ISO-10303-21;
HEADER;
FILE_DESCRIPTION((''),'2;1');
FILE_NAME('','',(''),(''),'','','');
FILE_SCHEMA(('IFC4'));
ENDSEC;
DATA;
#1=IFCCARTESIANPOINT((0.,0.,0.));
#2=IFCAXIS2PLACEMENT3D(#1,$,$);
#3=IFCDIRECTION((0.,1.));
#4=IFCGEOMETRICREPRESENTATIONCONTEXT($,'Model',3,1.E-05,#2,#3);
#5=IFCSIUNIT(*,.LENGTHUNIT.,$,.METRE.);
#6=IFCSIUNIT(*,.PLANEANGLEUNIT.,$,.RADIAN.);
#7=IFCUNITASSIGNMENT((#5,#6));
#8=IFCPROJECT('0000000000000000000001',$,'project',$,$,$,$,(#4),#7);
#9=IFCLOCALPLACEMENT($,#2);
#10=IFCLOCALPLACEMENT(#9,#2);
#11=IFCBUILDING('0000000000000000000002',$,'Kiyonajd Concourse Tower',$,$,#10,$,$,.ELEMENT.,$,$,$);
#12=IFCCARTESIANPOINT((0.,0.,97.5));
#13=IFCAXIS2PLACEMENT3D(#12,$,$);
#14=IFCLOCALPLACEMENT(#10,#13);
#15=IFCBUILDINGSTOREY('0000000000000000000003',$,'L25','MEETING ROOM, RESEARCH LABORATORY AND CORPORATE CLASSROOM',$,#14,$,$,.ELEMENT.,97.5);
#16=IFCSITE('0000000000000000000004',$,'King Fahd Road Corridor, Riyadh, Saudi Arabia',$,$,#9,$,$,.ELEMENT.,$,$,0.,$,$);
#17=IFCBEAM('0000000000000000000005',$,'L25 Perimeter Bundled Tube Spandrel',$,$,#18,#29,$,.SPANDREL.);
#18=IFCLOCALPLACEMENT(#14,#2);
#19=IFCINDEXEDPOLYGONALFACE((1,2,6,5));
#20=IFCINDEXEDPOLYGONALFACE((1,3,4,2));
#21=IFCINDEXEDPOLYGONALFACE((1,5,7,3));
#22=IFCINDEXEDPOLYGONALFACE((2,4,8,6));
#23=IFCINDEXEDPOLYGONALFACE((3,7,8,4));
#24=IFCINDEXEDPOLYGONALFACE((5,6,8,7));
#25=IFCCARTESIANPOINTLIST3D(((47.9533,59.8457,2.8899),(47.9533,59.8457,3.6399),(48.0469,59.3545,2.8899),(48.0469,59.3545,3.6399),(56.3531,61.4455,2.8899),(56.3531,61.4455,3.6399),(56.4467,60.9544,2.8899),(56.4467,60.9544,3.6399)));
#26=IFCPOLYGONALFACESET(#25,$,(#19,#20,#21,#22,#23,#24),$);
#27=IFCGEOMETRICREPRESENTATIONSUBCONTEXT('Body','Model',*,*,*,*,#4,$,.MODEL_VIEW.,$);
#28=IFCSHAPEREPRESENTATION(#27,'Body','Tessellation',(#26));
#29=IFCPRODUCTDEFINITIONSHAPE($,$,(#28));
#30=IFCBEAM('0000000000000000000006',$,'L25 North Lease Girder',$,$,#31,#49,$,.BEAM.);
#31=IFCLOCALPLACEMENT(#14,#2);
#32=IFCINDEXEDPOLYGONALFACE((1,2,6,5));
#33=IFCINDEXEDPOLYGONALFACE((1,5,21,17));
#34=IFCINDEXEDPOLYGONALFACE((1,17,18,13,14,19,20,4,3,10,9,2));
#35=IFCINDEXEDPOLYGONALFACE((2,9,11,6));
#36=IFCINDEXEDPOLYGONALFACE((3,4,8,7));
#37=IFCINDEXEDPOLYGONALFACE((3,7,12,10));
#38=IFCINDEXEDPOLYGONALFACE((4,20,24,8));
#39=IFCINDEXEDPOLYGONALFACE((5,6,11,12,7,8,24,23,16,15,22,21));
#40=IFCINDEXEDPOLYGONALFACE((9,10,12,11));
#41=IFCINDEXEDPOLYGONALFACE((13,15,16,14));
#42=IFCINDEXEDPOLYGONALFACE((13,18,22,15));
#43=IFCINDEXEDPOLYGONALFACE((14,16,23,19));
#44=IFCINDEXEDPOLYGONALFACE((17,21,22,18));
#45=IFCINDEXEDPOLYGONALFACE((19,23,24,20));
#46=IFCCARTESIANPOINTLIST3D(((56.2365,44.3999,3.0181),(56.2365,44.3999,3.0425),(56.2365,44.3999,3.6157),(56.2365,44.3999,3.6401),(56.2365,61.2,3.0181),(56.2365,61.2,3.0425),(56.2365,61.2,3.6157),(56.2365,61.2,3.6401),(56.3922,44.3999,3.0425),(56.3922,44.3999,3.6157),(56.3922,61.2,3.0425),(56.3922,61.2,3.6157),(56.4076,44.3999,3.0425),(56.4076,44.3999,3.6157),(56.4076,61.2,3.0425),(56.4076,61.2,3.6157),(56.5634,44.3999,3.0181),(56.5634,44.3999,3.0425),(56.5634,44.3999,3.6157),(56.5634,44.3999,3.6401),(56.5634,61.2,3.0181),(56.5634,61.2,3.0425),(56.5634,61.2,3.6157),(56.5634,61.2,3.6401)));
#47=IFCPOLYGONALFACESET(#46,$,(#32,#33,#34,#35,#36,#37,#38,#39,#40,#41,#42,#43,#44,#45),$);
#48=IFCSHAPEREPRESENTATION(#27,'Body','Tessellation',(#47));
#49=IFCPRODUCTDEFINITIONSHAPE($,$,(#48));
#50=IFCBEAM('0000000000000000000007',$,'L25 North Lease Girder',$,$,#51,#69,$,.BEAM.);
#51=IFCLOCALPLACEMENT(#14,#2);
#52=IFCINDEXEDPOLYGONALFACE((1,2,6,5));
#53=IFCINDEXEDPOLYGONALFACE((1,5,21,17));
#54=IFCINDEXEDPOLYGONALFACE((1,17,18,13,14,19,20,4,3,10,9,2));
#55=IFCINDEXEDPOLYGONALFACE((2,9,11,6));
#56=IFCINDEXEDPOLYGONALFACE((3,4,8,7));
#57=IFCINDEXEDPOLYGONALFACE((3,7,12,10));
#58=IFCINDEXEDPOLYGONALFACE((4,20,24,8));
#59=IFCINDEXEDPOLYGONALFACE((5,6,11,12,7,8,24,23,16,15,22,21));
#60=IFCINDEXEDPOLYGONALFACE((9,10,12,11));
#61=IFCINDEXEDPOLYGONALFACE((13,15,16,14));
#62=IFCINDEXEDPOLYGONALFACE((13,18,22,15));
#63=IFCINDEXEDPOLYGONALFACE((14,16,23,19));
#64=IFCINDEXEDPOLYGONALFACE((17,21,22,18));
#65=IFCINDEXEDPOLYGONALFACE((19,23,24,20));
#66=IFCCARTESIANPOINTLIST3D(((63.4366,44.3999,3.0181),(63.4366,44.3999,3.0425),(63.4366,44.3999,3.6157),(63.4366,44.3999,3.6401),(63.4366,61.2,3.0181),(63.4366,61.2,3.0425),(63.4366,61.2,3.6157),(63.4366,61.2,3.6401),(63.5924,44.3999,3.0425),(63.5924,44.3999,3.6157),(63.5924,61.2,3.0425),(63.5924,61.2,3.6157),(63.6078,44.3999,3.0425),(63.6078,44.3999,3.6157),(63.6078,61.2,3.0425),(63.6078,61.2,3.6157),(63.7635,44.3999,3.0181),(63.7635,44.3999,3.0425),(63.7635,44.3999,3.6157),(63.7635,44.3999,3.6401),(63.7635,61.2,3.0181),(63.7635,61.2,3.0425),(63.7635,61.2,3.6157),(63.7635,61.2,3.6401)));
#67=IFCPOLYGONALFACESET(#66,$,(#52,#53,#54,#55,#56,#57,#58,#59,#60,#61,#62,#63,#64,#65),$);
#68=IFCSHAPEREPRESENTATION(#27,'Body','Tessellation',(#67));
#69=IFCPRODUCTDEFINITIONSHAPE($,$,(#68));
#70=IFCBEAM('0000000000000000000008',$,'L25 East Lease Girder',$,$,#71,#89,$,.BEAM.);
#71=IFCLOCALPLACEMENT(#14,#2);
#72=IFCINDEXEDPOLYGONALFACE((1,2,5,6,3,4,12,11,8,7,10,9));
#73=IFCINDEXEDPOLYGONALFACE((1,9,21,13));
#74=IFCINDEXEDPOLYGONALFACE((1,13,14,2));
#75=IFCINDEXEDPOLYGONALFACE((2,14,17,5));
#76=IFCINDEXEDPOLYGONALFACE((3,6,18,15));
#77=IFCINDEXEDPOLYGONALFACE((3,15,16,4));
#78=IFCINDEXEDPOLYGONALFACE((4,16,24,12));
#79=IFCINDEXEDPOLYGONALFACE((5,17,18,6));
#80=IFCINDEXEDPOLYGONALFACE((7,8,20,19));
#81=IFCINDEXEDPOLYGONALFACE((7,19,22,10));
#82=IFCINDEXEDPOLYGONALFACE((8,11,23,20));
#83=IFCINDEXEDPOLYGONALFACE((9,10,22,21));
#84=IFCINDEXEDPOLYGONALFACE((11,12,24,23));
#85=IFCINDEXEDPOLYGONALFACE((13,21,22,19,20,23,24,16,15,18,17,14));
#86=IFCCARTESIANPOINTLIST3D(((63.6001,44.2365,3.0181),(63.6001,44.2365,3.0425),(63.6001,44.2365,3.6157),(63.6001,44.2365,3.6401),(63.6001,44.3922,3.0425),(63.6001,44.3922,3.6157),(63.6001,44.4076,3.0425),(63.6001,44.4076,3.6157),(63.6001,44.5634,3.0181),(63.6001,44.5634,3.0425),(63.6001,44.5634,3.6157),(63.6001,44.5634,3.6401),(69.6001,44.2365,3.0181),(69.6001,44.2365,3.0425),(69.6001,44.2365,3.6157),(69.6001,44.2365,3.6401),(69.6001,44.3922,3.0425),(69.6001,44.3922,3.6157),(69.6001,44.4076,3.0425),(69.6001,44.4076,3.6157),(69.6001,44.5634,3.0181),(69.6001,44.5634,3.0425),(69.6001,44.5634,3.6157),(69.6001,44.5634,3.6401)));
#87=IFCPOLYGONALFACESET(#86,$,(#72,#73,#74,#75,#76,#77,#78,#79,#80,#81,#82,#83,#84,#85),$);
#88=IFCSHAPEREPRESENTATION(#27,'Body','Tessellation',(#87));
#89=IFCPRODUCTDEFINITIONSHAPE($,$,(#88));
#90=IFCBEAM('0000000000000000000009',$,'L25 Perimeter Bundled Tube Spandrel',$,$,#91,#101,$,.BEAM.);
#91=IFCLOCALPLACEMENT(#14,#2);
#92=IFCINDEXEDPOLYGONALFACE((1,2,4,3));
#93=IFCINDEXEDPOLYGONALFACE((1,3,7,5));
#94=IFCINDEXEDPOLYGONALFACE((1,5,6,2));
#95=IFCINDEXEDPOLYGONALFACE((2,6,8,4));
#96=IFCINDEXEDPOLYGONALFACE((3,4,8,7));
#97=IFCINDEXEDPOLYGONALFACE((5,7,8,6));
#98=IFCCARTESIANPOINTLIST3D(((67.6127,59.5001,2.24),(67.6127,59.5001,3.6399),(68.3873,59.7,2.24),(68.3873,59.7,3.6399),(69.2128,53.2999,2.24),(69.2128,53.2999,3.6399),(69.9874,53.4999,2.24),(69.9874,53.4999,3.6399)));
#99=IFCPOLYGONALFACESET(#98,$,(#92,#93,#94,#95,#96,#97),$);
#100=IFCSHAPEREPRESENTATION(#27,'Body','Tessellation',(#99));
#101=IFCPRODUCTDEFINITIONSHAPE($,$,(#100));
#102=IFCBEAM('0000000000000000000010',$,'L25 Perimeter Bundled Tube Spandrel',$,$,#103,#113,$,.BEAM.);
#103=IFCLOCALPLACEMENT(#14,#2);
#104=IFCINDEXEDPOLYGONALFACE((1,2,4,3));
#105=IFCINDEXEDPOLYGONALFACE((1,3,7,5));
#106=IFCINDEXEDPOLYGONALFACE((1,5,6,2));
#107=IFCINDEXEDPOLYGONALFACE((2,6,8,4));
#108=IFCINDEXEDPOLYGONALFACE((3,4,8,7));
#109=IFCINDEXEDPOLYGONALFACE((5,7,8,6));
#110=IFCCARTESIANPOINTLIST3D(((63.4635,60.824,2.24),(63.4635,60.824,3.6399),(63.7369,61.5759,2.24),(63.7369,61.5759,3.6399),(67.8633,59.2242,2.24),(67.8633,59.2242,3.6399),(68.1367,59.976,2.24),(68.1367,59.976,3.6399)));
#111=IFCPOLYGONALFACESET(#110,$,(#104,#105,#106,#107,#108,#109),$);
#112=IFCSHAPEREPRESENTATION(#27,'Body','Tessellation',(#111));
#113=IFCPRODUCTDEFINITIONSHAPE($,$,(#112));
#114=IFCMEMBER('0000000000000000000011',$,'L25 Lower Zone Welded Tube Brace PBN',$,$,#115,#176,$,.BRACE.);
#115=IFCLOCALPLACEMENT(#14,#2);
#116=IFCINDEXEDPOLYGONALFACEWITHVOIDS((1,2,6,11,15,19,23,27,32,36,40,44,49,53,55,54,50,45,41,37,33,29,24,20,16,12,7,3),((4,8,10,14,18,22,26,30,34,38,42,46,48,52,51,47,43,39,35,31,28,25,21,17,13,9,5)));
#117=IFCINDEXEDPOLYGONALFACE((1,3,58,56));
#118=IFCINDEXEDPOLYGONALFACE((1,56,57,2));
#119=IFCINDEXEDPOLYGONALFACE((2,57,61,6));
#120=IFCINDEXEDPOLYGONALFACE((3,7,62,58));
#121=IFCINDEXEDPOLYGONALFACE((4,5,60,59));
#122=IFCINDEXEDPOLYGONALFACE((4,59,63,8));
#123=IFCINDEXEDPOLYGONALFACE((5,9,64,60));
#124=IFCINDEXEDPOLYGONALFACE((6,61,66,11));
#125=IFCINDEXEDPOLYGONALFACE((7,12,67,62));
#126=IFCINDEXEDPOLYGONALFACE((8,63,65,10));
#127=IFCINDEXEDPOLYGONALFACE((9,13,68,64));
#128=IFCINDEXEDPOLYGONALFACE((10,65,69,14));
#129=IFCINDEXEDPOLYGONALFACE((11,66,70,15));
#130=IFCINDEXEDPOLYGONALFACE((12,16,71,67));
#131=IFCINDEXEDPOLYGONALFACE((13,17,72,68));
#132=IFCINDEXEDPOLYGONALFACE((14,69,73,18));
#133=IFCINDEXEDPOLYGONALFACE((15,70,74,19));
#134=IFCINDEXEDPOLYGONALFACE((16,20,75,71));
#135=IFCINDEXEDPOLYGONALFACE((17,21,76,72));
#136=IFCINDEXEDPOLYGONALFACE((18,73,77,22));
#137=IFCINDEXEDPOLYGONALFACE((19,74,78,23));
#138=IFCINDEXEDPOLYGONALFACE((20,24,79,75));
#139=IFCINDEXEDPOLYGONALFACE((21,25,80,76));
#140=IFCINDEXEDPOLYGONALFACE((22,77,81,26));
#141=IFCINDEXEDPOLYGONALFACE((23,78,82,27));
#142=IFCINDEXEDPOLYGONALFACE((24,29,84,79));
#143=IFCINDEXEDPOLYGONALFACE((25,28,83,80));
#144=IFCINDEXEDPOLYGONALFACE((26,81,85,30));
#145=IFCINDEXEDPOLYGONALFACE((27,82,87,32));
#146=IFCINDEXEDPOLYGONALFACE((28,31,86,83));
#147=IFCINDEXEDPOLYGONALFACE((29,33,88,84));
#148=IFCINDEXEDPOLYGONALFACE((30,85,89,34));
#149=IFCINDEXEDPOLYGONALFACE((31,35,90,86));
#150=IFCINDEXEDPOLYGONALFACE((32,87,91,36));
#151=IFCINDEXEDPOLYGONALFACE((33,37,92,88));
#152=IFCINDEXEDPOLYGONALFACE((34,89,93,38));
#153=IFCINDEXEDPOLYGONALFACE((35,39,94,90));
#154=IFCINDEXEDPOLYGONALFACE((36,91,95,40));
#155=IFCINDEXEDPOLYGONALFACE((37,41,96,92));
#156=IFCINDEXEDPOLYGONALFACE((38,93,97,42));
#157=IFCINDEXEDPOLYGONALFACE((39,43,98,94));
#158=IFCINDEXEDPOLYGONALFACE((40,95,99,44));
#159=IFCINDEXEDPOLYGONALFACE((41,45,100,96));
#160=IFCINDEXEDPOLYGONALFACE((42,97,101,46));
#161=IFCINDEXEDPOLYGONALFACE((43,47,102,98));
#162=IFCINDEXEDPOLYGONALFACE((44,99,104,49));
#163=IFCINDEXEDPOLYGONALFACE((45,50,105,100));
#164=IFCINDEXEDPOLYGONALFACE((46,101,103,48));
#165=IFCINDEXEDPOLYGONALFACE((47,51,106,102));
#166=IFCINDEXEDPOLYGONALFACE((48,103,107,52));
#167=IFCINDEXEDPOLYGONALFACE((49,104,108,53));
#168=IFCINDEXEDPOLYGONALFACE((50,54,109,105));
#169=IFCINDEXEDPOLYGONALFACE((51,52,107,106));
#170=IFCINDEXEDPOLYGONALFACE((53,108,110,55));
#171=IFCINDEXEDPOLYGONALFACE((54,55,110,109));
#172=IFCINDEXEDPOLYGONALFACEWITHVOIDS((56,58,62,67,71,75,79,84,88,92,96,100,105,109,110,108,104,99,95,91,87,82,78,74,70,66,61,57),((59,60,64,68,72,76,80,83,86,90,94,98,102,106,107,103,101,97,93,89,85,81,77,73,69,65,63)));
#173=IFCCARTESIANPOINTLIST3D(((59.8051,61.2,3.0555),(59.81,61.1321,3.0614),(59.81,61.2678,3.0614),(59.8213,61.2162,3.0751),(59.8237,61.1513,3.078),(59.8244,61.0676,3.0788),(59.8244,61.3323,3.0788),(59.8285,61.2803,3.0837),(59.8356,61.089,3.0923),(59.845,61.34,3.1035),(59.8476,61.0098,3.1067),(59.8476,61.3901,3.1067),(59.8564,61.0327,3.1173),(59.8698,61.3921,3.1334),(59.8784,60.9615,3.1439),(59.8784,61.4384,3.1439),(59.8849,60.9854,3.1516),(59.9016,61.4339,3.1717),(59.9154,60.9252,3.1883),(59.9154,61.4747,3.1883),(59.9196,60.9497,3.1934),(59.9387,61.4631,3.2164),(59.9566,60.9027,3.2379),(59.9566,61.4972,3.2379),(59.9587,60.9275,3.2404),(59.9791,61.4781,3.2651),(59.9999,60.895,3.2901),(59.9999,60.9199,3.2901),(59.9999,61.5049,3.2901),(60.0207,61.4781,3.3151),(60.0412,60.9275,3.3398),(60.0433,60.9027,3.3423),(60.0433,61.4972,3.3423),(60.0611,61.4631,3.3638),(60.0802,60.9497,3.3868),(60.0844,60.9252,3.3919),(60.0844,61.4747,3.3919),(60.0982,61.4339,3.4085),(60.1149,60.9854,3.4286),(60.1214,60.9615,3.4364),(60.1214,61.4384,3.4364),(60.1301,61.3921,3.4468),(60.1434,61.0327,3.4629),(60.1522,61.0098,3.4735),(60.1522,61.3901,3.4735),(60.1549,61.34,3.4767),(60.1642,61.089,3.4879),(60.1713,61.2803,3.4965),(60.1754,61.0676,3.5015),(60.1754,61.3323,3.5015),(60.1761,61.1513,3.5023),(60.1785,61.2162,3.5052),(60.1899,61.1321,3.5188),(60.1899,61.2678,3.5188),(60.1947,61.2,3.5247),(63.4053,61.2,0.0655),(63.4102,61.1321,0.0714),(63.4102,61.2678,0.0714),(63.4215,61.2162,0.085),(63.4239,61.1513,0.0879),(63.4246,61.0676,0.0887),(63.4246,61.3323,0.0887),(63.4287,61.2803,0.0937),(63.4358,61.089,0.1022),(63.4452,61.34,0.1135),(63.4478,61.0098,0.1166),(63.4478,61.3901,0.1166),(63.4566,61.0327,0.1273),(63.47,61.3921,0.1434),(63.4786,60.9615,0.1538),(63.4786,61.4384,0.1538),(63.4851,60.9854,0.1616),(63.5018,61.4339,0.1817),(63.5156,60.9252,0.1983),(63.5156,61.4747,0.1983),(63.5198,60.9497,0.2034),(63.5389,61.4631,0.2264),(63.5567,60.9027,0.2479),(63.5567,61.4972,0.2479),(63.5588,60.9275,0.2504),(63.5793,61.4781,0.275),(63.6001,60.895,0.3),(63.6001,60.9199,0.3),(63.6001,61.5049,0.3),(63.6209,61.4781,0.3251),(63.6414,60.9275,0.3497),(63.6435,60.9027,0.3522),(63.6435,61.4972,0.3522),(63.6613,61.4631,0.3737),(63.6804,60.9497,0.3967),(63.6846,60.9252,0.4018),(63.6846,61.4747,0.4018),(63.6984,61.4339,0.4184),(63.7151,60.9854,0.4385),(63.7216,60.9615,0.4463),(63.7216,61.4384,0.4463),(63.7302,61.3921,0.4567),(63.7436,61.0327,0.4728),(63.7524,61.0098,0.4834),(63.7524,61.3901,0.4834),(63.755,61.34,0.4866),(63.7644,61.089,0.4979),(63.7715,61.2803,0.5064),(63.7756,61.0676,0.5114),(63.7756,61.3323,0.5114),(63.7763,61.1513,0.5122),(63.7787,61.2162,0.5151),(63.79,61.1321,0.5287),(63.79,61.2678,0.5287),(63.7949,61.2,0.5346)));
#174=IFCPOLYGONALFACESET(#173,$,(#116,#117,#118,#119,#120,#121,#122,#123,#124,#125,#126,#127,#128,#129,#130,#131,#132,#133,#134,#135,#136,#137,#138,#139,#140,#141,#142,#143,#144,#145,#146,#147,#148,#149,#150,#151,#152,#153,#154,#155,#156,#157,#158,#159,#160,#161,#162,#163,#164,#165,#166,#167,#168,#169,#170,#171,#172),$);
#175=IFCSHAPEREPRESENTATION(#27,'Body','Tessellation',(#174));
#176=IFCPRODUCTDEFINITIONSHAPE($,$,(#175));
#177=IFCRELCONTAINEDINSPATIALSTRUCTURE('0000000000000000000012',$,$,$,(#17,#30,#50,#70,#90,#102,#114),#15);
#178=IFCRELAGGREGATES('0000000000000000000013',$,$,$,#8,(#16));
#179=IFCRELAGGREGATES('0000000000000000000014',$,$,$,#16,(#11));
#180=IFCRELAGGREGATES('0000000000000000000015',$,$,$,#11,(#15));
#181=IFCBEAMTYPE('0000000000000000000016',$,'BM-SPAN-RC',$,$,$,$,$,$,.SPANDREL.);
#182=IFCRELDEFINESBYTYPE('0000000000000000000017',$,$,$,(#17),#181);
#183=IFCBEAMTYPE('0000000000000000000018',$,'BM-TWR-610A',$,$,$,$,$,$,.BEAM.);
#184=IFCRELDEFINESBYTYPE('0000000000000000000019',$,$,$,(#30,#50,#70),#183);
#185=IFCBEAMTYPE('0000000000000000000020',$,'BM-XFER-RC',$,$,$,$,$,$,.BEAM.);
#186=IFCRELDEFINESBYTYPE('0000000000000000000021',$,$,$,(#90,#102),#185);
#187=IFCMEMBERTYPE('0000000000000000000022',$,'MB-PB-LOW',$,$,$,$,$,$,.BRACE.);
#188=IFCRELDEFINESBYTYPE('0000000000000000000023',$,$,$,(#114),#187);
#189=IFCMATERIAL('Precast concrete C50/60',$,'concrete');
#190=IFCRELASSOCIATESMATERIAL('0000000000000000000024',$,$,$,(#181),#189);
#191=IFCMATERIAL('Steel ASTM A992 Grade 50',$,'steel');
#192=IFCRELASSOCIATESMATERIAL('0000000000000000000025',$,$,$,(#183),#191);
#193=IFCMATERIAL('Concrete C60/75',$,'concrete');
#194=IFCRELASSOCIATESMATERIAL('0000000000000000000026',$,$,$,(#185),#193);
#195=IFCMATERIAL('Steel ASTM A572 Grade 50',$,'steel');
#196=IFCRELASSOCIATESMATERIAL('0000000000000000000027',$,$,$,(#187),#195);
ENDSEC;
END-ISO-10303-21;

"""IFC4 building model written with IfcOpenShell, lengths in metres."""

from ifc_helpers import new_model, si_unit, direction, frame, origin, origin_2d, place, context, subcontext, project, spatial, rectangle, hollow_circle, i_section, extrude, material, material_profile, profile_set, type_object, element, save


model = new_model("IFC4")

# Units and contexts
model_context = context("Model", 3, precision=1e-05, world=origin(), true_north=direction((0.0, 1.0)))
body_context = subcontext(model_context, "Body", "Model", "MODEL_VIEW")
ifc_project = project(units=[si_unit("LENGTHUNIT", "METRE"), si_unit("PLANEANGLEUNIT", "RADIAN")], contexts=[model_context])

# Site, building, storey
site_placement = place(None, origin())
site = spatial("IfcSite", under=ifc_project, at=site_placement, Name="King Fahd Road Corridor, Riyadh, Saudi Arabia", CompositionType="ELEMENT", RefElevation=0.0)
building_placement = place(site_placement, origin())
building = spatial("IfcBuilding", under=site, at=building_placement, Name="Kiyonajd Concourse Tower", CompositionType="ELEMENT")
storey_placement = place(building_placement, frame((0.0, 0.0, 97.5)))
storey = spatial("IfcBuildingStorey", under=building, at=storey_placement, Name="L25", Description="MEETING ROOM, RESEARCH LABORATORY AND CORPORATE CLASSROOM", CompositionType="ELEMENT", Elevation=97.5)

# Beams
ifc_material_1 = material(Name="Steel ASTM A992 Grade 50", Category="steel")
ifc_material_2 = material(Name="Precast concrete C50/60", Category="concrete")
ifc_material_profile_1 = material_profile(ifc_material_2, rectangle(XDim=0.5, YDim=0.75, at=origin_2d()), Name="RCBM-500x750")
ifc_profile_set_1 = profile_set([ifc_material_profile_1], Name="Precast concrete C50/60")
beam_type_1 = type_object("IfcBeamType", Name="BM-SPAN-RC", PredefinedType="SPANDREL", material=ifc_profile_set_1)
beam_1_placement = place(storey_placement, frame((56.3999, 61.2, 3.2649), z_axis=(-0.982341, -0.187098, 0.0), x_axis=(0.187098, -0.982341, 0.0)))
element("IfcBeam", 1, at=beam_1_placement, inside=storey, type_object=beam_type_1, Name="L25 Perimeter Bundled Tube Spandrel", PredefinedType="SPANDREL", context=body_context, shape_type="SweptSolid", body=[
    extrude(rectangle(XDim=0.5, YDim=0.75, at=origin_2d()), origin(), (0.0, 0.0, 1.0), 8.5508),
])
ifc_material_profile_2 = material_profile(ifc_material_1, i_section(OverallWidth=0.3269, OverallDepth=0.6221, WebThickness=0.0154, FlangeThickness=0.0244, at=origin_2d()), Name="W610X195")
ifc_profile_set_2 = profile_set([ifc_material_profile_2], Name="Steel ASTM A992 Grade 50")
beam_type_2 = type_object("IfcBeamType", Name="BM-TWR-610A", PredefinedType="BEAM", material=ifc_profile_set_2)
for number, where, z_axis, x_axis, name in (
    (2, (56.3999, 44.3999, 3.3291), (0.0, 1.0, 0.0), (-1.0, 0.0, 0.0), "L25 North Lease Girder"),
    (3, (63.6001, 44.3999, 3.3291), (0.0, 1.0, 0.0), (-1.0, 0.0, 0.0), "L25 North Lease Girder"),
):
    element("IfcBeam", number, at=place(storey_placement, frame(where, z_axis=z_axis, x_axis=x_axis)), inside=storey, type_object=beam_type_2, Name=name, PredefinedType="BEAM", context=body_context, shape_type="SweptSolid", body=[
        extrude(i_section(OverallWidth=0.3269, OverallDepth=0.6221, WebThickness=0.0154, FlangeThickness=0.0244, at=origin_2d()), origin(), (0.0, 0.0, 1.0), 16.8),
    ])
beam_2_placement = place(storey_placement, frame((63.6001, 44.3999, 3.3291), z_axis=(1.0, 0.0, 0.0), x_axis=(0.0, 1.0, 0.0)))
element("IfcBeam", 4, at=beam_2_placement, inside=storey, type_object=beam_type_2, Name="L25 East Lease Girder", PredefinedType="BEAM", context=body_context, shape_type="SweptSolid", body=[
    extrude(i_section(OverallWidth=0.3269, OverallDepth=0.6221, WebThickness=0.0154, FlangeThickness=0.0244, at=origin_2d()), origin(), (0.0, 0.0, 1.0), 6.0),
])
ifc_material_3 = material(Name="Concrete C60/75", Category="concrete")
ifc_material_profile_3 = material_profile(ifc_material_3, rectangle(XDim=0.8, YDim=1.3999, at=origin_2d()), Name="RCBM-800x1400")
ifc_profile_set_3 = profile_set([ifc_material_profile_3], Name="Concrete C60/75")
beam_type_3 = type_object("IfcBeamType", Name="BM-XFER-RC", PredefinedType="BEAM", material=ifc_profile_set_3)
beam_3_placement = place(storey_placement, frame((69.6001, 53.3999, 2.9399), z_axis=(-0.249885, 0.968276, 0.0), x_axis=(-0.968276, -0.249885, 0.0)))
element("IfcBeam", 5, at=beam_3_placement, inside=storey, type_object=beam_type_3, Name="L25 Perimeter Bundled Tube Spandrel", PredefinedType="BEAM", context=body_context, shape_type="SweptSolid", body=[
    extrude(rectangle(XDim=0.8, YDim=1.3999, at=origin_2d()), origin(), (0.0, 0.0, 1.0), 6.4033),
])
beam_4_placement = place(storey_placement, frame((68.0, 59.6001, 2.9399), z_axis=(-0.939801, 0.341722, 0.0), x_axis=(-0.341722, -0.939801, 0.0)))
element("IfcBeam", 6, at=beam_4_placement, inside=storey, type_object=beam_type_3, Name="L25 Perimeter Bundled Tube Spandrel", PredefinedType="BEAM", context=body_context, shape_type="SweptSolid", body=[
    extrude(rectangle(XDim=0.8, YDim=1.3999, at=origin_2d()), origin(), (0.0, 0.0, 1.0), 4.6816),
])

# Member
ifc_material_4 = material(Name="Steel ASTM A572 Grade 50", Category="steel")
ifc_material_profile_4 = material_profile(ifc_material_4, hollow_circle(Radius=0.3049, WallThickness=0.0249, at=origin_2d()), Name="CHS-610x25")
ifc_profile_set_4 = profile_set([ifc_material_profile_4], Name="Steel ASTM A572 Grade 50")
member_type = type_object("IfcMemberType", Name="MB-PB-LOW", PredefinedType="BRACE", material=ifc_profile_set_4)
member_1_placement = place(storey_placement, frame((63.6001, 61.2, 0.3), z_axis=(-0.769281, 0.0, 0.638911), x_axis=(0.0, -1.0, 0.0)))
element("IfcMember", 7, at=member_1_placement, inside=storey, type_object=member_type, Name="L25 Lower Zone Welded Tube Brace PBN", PredefinedType="BRACE", context=body_context, shape_type="SweptSolid", body=[
    extrude(hollow_circle(Radius=0.3049, WallThickness=0.0249, at=origin_2d()), origin(), (0.0, 0.0, 1.0), 4.6799),
])

save(model, "model.ifc")
